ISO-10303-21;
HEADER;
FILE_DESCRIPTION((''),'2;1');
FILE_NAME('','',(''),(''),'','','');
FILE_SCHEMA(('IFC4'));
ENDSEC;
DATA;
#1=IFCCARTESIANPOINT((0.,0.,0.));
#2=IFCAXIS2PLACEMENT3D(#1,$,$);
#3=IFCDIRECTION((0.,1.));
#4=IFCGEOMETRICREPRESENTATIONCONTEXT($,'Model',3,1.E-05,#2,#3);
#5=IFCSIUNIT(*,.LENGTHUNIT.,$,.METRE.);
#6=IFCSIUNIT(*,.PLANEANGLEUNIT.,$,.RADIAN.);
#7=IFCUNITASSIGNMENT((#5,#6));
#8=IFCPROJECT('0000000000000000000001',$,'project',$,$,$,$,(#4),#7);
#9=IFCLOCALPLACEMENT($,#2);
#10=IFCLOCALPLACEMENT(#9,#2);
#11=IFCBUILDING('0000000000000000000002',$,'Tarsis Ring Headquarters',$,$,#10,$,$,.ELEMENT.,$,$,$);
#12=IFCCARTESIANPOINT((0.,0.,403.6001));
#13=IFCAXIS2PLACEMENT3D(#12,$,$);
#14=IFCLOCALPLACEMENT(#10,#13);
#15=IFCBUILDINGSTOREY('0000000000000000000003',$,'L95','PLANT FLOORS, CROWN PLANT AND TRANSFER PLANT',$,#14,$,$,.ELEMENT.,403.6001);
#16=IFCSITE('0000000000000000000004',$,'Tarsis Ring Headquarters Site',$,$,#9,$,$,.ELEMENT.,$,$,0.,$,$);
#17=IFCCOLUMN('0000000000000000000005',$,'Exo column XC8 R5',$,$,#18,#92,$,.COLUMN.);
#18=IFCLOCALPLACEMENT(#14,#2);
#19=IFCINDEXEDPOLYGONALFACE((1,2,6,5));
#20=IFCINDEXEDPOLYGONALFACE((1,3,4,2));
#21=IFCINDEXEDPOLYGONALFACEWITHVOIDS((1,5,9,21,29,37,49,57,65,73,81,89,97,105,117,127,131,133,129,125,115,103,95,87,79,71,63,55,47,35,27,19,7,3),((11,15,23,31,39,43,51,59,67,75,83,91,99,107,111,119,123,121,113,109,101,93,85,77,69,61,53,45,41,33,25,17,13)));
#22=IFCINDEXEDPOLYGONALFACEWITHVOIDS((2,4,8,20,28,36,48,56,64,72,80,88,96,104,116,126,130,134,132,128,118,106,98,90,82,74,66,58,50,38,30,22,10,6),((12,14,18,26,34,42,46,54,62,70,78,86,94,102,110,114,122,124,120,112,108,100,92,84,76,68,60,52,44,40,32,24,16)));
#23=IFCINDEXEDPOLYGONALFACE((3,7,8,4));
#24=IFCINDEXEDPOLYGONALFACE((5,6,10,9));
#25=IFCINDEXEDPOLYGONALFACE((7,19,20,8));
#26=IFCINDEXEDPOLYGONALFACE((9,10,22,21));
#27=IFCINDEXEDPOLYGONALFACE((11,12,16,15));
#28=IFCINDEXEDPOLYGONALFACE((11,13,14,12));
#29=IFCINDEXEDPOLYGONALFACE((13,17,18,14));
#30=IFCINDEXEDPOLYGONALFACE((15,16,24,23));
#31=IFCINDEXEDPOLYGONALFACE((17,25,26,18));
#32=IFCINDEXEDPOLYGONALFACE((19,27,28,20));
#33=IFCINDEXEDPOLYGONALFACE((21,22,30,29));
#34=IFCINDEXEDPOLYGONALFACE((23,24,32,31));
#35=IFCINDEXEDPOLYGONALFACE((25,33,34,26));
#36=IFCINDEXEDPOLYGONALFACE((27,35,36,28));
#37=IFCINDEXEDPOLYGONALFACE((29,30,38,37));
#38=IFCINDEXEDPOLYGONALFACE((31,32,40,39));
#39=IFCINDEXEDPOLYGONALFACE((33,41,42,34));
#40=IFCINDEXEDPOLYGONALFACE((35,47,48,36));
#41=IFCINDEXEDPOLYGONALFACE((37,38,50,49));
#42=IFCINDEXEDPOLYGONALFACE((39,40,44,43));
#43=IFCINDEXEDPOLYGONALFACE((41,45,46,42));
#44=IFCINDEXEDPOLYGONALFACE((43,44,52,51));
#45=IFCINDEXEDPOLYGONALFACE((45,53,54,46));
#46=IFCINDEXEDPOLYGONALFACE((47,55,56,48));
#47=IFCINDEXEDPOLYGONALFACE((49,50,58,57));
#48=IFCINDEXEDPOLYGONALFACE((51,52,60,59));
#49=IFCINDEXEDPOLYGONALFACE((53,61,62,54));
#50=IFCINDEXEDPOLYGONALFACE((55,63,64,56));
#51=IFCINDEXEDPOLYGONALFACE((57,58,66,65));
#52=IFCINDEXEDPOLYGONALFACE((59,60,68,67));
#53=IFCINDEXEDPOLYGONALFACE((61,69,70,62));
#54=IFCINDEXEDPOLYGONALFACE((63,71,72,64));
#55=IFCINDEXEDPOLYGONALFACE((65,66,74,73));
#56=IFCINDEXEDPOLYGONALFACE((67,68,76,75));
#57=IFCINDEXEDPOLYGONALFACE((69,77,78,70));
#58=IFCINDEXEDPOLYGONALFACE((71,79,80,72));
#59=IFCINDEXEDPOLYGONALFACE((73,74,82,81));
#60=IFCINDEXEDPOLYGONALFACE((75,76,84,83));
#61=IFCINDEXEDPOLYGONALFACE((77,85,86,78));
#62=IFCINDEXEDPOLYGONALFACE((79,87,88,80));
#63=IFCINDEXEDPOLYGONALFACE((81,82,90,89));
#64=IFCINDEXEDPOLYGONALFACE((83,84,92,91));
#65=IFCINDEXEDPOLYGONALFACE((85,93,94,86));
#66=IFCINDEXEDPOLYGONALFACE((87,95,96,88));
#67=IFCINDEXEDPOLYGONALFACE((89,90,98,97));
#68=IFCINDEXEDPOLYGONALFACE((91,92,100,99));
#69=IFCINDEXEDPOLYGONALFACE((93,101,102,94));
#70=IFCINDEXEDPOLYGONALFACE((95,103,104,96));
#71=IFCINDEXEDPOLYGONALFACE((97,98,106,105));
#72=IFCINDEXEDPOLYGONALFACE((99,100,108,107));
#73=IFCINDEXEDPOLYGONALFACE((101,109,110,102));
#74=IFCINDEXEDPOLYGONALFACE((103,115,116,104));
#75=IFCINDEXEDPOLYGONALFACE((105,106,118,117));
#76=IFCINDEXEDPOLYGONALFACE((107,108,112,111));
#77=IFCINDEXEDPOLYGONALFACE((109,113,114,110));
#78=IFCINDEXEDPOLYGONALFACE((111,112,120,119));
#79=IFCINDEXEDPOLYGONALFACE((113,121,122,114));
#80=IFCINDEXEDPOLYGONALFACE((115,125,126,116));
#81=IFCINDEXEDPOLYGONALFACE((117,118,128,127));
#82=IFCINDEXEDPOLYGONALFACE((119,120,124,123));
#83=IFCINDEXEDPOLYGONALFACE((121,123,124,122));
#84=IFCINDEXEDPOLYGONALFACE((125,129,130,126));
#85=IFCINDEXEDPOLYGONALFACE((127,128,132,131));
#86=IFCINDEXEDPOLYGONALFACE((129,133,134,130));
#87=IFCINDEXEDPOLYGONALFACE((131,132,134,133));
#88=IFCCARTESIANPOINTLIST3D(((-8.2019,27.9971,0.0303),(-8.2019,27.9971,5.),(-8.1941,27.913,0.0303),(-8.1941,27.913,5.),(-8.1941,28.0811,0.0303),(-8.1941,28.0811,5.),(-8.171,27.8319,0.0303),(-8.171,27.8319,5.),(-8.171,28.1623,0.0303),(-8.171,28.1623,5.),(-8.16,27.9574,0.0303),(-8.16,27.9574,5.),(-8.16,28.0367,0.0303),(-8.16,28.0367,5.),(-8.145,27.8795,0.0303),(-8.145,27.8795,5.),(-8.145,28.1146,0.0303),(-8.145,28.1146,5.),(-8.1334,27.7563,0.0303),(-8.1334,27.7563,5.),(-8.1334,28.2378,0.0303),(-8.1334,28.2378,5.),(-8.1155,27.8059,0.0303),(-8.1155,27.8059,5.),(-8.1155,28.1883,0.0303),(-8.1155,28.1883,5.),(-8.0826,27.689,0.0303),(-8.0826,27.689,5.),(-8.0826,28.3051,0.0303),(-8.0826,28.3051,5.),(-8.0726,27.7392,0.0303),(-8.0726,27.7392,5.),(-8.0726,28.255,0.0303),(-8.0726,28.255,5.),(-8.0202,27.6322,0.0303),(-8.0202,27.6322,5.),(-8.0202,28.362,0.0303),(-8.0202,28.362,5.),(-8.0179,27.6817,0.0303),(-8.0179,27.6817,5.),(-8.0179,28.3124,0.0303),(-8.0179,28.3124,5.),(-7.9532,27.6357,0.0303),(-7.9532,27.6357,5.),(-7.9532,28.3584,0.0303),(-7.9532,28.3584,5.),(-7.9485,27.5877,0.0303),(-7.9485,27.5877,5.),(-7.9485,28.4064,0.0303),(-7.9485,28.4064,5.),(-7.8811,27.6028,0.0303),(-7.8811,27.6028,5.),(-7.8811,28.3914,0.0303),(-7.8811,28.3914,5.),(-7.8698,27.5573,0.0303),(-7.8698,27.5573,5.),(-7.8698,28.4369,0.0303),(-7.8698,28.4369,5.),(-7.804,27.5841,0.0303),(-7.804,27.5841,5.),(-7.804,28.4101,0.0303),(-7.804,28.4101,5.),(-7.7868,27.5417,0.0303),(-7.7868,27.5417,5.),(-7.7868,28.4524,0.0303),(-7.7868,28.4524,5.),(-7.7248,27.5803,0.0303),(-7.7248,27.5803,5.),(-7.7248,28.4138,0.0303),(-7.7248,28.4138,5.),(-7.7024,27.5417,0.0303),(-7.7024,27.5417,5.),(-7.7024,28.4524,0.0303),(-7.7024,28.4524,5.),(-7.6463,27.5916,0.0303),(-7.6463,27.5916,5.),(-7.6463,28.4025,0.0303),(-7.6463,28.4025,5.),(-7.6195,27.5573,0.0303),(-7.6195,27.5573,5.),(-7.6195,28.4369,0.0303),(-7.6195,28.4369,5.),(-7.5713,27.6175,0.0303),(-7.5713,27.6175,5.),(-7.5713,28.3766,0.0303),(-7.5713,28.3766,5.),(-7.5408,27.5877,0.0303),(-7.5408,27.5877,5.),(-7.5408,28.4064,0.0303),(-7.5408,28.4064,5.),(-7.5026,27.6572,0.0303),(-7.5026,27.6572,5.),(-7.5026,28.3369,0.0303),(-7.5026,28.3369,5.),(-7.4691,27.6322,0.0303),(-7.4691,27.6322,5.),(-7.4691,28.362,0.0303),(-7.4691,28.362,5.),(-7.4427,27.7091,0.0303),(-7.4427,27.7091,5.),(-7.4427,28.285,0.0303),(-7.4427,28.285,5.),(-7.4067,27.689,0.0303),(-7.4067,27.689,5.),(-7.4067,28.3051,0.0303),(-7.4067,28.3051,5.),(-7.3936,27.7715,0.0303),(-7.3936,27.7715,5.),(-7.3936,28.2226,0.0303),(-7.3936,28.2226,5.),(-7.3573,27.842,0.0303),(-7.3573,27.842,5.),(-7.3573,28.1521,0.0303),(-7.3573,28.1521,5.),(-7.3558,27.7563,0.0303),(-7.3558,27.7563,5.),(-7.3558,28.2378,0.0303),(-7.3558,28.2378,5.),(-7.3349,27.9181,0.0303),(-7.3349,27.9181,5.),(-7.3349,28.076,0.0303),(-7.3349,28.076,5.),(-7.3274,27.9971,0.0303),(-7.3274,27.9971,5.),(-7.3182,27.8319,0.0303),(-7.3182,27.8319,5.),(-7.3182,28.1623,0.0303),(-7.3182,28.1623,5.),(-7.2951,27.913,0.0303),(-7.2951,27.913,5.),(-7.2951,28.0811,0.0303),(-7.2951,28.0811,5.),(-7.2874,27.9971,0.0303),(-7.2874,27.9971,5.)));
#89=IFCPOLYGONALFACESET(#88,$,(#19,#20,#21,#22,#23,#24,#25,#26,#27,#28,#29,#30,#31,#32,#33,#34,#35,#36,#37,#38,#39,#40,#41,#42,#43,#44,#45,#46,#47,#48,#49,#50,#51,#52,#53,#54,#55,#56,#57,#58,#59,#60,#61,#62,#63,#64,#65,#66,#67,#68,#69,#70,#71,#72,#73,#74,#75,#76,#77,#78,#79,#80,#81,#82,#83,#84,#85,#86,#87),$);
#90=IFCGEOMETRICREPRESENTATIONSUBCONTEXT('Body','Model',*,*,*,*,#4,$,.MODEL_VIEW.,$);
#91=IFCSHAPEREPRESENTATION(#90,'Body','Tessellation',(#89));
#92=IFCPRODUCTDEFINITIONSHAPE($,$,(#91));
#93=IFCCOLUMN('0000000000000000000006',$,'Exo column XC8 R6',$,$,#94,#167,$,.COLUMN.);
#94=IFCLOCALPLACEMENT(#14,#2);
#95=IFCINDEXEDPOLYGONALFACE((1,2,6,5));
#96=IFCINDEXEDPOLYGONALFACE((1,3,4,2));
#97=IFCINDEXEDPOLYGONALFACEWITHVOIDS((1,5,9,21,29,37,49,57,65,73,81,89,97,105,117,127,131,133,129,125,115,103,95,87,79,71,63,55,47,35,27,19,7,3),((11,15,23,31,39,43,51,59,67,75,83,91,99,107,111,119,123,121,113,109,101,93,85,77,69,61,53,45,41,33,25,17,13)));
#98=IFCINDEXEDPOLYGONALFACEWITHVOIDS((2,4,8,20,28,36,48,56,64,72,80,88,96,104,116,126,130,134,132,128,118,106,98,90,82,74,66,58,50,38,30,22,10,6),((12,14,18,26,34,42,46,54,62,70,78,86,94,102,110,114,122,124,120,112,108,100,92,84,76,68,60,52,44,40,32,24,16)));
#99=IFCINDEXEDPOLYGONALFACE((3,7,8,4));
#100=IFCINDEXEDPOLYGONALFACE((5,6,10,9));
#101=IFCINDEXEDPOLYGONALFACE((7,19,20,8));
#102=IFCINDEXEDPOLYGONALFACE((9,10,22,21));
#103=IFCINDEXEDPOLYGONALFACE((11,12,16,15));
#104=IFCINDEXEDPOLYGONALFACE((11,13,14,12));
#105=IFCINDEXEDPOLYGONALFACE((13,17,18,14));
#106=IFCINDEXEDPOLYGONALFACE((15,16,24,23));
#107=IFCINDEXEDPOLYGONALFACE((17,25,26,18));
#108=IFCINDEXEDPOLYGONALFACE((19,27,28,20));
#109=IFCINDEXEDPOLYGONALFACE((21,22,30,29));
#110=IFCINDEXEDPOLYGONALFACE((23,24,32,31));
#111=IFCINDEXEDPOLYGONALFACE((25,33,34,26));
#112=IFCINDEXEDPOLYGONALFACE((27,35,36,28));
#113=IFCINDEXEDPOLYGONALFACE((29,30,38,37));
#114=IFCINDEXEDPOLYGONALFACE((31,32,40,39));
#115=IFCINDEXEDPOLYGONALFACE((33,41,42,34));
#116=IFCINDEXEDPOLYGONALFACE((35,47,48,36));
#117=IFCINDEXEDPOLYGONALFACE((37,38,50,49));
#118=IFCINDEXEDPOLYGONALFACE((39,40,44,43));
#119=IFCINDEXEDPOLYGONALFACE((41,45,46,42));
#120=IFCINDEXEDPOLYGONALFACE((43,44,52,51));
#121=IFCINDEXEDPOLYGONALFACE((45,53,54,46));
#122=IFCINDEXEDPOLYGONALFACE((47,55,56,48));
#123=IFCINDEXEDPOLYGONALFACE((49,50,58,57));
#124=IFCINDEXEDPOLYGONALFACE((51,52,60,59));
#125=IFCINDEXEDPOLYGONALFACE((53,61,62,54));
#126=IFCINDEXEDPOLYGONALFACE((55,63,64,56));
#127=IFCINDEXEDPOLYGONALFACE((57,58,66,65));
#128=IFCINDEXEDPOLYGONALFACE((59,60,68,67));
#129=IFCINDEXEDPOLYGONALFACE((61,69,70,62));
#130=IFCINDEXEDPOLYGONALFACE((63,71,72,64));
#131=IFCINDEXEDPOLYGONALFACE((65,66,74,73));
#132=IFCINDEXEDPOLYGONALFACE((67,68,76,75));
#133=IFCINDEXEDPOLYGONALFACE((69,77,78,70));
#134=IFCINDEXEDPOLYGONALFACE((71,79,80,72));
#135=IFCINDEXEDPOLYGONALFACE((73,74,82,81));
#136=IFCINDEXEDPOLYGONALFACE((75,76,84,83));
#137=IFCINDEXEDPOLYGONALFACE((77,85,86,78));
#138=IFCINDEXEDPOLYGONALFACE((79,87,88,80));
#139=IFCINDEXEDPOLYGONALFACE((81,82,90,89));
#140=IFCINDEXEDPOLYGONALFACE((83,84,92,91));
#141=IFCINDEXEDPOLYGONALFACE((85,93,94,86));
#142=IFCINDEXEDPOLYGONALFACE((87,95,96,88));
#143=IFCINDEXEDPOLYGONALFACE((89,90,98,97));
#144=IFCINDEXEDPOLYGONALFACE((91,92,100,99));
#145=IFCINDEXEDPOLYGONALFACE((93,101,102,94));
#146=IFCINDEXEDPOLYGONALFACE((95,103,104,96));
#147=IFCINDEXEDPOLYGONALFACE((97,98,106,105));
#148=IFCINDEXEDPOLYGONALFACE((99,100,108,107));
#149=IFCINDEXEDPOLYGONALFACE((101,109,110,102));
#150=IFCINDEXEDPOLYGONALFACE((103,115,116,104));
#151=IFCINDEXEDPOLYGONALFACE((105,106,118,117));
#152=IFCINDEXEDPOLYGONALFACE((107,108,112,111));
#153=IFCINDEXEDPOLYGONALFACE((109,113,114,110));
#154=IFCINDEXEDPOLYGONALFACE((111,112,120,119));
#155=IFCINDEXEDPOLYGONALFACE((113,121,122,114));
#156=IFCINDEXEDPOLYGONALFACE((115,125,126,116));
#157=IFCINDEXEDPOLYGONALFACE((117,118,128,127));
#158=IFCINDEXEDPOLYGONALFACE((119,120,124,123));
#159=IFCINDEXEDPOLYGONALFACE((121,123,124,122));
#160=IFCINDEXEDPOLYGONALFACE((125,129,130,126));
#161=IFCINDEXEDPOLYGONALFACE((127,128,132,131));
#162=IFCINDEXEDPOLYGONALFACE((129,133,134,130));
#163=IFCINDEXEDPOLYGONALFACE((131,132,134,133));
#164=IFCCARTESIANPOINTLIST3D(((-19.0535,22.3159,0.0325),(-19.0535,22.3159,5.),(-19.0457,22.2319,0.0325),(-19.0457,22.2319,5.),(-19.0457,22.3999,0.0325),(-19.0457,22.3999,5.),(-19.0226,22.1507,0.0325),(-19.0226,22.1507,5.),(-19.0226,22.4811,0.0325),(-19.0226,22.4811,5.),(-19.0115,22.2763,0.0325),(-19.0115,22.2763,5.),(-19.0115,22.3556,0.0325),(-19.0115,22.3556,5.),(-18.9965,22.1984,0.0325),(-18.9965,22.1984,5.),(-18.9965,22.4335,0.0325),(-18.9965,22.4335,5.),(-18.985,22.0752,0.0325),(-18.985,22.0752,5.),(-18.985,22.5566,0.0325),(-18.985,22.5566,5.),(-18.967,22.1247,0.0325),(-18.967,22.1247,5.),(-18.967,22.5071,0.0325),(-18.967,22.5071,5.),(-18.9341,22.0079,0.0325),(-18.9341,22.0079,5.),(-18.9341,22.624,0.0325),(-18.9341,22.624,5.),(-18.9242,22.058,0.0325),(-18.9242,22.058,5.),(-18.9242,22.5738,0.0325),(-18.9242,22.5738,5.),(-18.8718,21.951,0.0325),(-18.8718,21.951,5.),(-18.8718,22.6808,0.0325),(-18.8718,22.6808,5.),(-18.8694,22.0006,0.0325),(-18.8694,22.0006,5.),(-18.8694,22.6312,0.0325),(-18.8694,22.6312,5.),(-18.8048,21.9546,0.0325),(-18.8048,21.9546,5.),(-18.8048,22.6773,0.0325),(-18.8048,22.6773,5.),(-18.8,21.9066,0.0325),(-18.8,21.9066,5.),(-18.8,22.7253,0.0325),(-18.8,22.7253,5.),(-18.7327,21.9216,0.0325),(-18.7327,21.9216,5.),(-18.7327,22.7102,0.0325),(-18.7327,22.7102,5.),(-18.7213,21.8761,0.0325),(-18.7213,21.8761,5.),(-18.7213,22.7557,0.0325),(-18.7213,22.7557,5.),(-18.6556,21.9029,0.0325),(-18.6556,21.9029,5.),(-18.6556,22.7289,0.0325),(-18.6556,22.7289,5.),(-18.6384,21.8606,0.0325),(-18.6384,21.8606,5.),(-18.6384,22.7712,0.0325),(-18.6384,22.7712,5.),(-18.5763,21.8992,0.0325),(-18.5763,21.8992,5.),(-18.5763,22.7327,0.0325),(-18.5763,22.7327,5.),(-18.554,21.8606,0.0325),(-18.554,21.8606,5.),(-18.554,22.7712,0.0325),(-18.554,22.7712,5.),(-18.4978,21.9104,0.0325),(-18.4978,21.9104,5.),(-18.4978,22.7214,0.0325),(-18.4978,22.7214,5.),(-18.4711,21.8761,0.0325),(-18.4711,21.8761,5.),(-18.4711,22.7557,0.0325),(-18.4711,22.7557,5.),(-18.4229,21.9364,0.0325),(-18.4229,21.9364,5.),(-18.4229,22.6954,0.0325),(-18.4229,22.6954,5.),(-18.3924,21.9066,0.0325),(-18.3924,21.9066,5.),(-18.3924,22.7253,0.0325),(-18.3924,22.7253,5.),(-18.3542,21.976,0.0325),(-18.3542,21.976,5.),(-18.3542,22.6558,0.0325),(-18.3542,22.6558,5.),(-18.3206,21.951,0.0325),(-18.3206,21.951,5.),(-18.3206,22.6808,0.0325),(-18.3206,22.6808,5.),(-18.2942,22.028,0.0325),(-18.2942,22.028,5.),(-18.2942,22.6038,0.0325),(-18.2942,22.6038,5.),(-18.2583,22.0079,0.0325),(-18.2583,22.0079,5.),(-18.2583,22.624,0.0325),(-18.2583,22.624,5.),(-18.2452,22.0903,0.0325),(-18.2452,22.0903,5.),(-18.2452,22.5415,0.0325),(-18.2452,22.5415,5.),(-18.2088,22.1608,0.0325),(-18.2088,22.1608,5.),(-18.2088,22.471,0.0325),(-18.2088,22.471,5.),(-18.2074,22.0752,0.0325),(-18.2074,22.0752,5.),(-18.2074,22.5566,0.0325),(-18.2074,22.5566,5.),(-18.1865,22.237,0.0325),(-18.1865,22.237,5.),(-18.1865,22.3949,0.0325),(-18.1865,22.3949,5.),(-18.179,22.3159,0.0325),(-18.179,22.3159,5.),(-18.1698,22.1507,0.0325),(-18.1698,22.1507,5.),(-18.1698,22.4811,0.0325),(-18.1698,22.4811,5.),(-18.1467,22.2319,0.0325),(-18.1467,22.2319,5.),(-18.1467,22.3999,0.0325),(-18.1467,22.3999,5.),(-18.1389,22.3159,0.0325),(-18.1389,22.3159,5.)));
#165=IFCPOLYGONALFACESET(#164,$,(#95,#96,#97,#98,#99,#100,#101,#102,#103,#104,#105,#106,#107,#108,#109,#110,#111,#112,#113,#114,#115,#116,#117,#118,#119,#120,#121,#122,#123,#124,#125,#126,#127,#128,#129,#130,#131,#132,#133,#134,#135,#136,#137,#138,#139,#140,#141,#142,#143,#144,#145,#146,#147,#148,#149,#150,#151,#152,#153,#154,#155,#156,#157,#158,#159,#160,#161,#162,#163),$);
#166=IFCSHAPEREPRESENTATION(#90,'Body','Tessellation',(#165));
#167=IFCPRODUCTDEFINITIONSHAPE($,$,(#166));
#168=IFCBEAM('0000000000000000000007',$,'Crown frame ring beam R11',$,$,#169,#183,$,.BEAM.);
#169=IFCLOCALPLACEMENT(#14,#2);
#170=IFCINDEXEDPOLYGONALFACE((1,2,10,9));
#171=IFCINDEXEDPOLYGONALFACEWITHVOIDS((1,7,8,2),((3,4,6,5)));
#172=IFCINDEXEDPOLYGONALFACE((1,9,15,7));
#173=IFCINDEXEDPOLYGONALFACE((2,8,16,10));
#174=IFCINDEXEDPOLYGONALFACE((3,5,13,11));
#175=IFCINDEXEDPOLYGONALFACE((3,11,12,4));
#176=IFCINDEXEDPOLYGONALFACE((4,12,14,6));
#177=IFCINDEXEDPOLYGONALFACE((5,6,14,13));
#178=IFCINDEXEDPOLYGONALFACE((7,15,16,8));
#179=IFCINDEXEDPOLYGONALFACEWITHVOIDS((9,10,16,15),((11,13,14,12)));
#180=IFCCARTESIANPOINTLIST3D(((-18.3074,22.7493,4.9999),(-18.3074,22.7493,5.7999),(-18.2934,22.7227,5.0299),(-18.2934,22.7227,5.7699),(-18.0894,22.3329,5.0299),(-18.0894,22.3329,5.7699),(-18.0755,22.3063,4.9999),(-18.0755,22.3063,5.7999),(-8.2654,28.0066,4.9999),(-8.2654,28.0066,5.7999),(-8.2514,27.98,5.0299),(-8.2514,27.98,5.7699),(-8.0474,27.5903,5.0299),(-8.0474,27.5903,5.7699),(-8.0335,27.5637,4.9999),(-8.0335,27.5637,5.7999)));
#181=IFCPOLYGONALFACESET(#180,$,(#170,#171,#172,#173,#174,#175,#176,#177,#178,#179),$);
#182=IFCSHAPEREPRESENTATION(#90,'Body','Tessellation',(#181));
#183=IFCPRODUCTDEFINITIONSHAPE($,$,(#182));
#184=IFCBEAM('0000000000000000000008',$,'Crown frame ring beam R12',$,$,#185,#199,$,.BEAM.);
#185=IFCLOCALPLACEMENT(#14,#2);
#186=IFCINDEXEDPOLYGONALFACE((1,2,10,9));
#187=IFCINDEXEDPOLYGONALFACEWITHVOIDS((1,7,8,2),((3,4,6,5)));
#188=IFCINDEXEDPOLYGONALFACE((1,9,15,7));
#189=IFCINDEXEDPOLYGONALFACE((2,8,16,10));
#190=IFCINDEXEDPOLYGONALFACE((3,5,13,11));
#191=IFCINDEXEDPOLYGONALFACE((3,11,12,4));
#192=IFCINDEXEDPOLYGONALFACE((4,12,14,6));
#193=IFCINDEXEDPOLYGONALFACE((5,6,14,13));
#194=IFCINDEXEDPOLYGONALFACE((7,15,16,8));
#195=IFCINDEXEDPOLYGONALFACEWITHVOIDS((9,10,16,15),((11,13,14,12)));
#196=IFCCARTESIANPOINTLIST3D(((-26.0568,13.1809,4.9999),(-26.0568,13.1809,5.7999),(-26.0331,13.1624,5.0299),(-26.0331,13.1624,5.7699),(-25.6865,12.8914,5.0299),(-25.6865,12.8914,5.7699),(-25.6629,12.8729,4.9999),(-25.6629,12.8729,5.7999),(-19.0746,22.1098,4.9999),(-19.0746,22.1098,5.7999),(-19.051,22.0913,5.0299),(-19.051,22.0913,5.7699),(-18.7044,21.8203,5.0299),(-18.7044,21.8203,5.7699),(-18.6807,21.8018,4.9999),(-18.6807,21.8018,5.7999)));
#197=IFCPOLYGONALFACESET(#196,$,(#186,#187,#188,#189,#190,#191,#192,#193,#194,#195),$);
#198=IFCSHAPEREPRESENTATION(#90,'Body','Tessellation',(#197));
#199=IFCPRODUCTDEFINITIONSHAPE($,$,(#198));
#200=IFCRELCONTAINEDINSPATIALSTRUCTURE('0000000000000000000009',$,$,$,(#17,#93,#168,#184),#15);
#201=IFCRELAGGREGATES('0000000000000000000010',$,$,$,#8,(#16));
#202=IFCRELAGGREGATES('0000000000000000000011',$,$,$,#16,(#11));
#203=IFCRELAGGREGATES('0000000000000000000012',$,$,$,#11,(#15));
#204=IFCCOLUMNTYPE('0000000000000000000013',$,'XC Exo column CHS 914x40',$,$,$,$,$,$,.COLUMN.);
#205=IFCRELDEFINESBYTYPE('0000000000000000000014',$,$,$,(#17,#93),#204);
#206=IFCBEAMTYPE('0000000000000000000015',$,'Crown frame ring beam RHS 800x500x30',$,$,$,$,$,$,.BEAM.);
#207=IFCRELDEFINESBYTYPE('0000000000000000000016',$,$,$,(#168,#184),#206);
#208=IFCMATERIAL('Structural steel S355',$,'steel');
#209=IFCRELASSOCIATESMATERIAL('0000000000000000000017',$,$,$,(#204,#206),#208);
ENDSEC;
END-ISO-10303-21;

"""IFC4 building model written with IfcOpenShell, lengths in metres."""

from ifc_helpers import new_model, si_unit, direction, frame, origin, origin_2d, place, context, subcontext, project, spatial, hollow_rectangle, hollow_circle, extrude, material, material_profile, profile_set, type_object, element, save


model = new_model("IFC4")

# Units and contexts
model_context = context("Model", 3, precision=1e-05, world=origin(), true_north=direction((0.0, 1.0)))
body_context = subcontext(model_context, "Body", "Model", "MODEL_VIEW")
ifc_project = project(units=[si_unit("LENGTHUNIT", "METRE"), si_unit("PLANEANGLEUNIT", "RADIAN")], contexts=[model_context])

# Site, building, storey
site_placement = place(None, origin())
site = spatial("IfcSite", under=ifc_project, at=site_placement, Name="Tarsis Ring Headquarters Site", CompositionType="ELEMENT", RefElevation=0.0)
building_placement = place(site_placement, origin())
building = spatial("IfcBuilding", under=site, at=building_placement, Name="Tarsis Ring Headquarters", CompositionType="ELEMENT")
storey_placement = place(building_placement, frame((0.0, 0.0, 403.6001)))
storey = spatial("IfcBuildingStorey", under=building, at=storey_placement, Name="L95", Description="PLANT FLOORS, CROWN PLANT AND TRANSFER PLANT", CompositionType="ELEMENT", Elevation=403.6001)

# Columns
ifc_material_1 = material(Name="Structural steel S355", Category="steel")
ifc_material_profile_1 = material_profile(ifc_material_1, hollow_circle(Radius=0.457, WallThickness=0.04, at=origin_2d()), Name="CHS 914x40")
ifc_profile_set_1 = profile_set([ifc_material_profile_1], Name="Structural steel S355")
column_type_1 = type_object("IfcColumnType", Name="XC Exo column CHS 914x40", PredefinedType="COLUMN", material=ifc_profile_set_1)
column_1_placement = place(storey_placement, frame((-7.7446, 27.9971, 0.0303), z_axis=(0.0, 0.0, 1.0), x_axis=(1.0, 0.0, 0.0)))
element("IfcColumn", 1, at=column_1_placement, inside=storey, type_object=column_type_1, Name="Exo column XC8 R5", PredefinedType="COLUMN", context=body_context, shape_type="SweptSolid", body=[
    extrude(hollow_circle(Radius=0.4573, WallThickness=0.04, at=origin_2d()), origin(), (0.0, 0.0, 1.0), 4.9697),
])
column_2_placement = place(storey_placement, frame((-18.5962, 22.3159, 0.0325), z_axis=(0.0, 0.0, 1.0), x_axis=(1.0, 0.0, 0.0)))
element("IfcColumn", 2, at=column_2_placement, inside=storey, type_object=column_type_1, Name="Exo column XC8 R6", PredefinedType="COLUMN", context=body_context, shape_type="SweptSolid", body=[
    extrude(hollow_circle(Radius=0.4573, WallThickness=0.04, at=origin_2d()), origin(), (0.0, 0.0, 1.0), 4.9675),
])

# Beams
ifc_material_profile_2 = material_profile(ifc_material_1, hollow_rectangle(XDim=0.5, YDim=0.8, WallThickness=0.03, at=origin_2d()), Name="RHS 800x500x30")
ifc_profile_set_2 = profile_set([ifc_material_profile_2], Name="Structural steel S355")
beam_type_1 = type_object("IfcBeamType", Name="Crown frame ring beam RHS 800x500x30", PredefinedType="BEAM", material=ifc_profile_set_2)
beam_1_placement = place(storey_placement, frame((-8.1494, 27.7852, 5.3999), z_axis=(-0.885932, -0.463815, 0.0), x_axis=(0.463815, -0.885932, 0.0)))
element("IfcBeam", 3, at=beam_1_placement, inside=storey, type_object=beam_type_1, Name="Crown frame ring beam R11", PredefinedType="BEAM", context=body_context, shape_type="SweptSolid", body=[
    extrude(hollow_rectangle(XDim=0.5, YDim=0.8, WallThickness=0.03, at=origin_2d()), origin(), (0.0, 0.0, 1.0), 11.335),
])
beam_2_placement = place(storey_placement, frame((-18.8777, 21.9558, 5.3999), z_axis=(-0.615996, -0.787749, 0.0), x_axis=(0.787749, -0.615996, 0.0)))
element("IfcBeam", 4, at=beam_2_placement, inside=storey, type_object=beam_type_1, Name="Crown frame ring beam R12", PredefinedType="BEAM", context=body_context, shape_type="SweptSolid", body=[
    extrude(hollow_rectangle(XDim=0.5, YDim=0.8, WallThickness=0.03, at=origin_2d()), origin(), (0.0, 0.0, 1.0), 11.3347),
])

save(model, "model.ifc")
